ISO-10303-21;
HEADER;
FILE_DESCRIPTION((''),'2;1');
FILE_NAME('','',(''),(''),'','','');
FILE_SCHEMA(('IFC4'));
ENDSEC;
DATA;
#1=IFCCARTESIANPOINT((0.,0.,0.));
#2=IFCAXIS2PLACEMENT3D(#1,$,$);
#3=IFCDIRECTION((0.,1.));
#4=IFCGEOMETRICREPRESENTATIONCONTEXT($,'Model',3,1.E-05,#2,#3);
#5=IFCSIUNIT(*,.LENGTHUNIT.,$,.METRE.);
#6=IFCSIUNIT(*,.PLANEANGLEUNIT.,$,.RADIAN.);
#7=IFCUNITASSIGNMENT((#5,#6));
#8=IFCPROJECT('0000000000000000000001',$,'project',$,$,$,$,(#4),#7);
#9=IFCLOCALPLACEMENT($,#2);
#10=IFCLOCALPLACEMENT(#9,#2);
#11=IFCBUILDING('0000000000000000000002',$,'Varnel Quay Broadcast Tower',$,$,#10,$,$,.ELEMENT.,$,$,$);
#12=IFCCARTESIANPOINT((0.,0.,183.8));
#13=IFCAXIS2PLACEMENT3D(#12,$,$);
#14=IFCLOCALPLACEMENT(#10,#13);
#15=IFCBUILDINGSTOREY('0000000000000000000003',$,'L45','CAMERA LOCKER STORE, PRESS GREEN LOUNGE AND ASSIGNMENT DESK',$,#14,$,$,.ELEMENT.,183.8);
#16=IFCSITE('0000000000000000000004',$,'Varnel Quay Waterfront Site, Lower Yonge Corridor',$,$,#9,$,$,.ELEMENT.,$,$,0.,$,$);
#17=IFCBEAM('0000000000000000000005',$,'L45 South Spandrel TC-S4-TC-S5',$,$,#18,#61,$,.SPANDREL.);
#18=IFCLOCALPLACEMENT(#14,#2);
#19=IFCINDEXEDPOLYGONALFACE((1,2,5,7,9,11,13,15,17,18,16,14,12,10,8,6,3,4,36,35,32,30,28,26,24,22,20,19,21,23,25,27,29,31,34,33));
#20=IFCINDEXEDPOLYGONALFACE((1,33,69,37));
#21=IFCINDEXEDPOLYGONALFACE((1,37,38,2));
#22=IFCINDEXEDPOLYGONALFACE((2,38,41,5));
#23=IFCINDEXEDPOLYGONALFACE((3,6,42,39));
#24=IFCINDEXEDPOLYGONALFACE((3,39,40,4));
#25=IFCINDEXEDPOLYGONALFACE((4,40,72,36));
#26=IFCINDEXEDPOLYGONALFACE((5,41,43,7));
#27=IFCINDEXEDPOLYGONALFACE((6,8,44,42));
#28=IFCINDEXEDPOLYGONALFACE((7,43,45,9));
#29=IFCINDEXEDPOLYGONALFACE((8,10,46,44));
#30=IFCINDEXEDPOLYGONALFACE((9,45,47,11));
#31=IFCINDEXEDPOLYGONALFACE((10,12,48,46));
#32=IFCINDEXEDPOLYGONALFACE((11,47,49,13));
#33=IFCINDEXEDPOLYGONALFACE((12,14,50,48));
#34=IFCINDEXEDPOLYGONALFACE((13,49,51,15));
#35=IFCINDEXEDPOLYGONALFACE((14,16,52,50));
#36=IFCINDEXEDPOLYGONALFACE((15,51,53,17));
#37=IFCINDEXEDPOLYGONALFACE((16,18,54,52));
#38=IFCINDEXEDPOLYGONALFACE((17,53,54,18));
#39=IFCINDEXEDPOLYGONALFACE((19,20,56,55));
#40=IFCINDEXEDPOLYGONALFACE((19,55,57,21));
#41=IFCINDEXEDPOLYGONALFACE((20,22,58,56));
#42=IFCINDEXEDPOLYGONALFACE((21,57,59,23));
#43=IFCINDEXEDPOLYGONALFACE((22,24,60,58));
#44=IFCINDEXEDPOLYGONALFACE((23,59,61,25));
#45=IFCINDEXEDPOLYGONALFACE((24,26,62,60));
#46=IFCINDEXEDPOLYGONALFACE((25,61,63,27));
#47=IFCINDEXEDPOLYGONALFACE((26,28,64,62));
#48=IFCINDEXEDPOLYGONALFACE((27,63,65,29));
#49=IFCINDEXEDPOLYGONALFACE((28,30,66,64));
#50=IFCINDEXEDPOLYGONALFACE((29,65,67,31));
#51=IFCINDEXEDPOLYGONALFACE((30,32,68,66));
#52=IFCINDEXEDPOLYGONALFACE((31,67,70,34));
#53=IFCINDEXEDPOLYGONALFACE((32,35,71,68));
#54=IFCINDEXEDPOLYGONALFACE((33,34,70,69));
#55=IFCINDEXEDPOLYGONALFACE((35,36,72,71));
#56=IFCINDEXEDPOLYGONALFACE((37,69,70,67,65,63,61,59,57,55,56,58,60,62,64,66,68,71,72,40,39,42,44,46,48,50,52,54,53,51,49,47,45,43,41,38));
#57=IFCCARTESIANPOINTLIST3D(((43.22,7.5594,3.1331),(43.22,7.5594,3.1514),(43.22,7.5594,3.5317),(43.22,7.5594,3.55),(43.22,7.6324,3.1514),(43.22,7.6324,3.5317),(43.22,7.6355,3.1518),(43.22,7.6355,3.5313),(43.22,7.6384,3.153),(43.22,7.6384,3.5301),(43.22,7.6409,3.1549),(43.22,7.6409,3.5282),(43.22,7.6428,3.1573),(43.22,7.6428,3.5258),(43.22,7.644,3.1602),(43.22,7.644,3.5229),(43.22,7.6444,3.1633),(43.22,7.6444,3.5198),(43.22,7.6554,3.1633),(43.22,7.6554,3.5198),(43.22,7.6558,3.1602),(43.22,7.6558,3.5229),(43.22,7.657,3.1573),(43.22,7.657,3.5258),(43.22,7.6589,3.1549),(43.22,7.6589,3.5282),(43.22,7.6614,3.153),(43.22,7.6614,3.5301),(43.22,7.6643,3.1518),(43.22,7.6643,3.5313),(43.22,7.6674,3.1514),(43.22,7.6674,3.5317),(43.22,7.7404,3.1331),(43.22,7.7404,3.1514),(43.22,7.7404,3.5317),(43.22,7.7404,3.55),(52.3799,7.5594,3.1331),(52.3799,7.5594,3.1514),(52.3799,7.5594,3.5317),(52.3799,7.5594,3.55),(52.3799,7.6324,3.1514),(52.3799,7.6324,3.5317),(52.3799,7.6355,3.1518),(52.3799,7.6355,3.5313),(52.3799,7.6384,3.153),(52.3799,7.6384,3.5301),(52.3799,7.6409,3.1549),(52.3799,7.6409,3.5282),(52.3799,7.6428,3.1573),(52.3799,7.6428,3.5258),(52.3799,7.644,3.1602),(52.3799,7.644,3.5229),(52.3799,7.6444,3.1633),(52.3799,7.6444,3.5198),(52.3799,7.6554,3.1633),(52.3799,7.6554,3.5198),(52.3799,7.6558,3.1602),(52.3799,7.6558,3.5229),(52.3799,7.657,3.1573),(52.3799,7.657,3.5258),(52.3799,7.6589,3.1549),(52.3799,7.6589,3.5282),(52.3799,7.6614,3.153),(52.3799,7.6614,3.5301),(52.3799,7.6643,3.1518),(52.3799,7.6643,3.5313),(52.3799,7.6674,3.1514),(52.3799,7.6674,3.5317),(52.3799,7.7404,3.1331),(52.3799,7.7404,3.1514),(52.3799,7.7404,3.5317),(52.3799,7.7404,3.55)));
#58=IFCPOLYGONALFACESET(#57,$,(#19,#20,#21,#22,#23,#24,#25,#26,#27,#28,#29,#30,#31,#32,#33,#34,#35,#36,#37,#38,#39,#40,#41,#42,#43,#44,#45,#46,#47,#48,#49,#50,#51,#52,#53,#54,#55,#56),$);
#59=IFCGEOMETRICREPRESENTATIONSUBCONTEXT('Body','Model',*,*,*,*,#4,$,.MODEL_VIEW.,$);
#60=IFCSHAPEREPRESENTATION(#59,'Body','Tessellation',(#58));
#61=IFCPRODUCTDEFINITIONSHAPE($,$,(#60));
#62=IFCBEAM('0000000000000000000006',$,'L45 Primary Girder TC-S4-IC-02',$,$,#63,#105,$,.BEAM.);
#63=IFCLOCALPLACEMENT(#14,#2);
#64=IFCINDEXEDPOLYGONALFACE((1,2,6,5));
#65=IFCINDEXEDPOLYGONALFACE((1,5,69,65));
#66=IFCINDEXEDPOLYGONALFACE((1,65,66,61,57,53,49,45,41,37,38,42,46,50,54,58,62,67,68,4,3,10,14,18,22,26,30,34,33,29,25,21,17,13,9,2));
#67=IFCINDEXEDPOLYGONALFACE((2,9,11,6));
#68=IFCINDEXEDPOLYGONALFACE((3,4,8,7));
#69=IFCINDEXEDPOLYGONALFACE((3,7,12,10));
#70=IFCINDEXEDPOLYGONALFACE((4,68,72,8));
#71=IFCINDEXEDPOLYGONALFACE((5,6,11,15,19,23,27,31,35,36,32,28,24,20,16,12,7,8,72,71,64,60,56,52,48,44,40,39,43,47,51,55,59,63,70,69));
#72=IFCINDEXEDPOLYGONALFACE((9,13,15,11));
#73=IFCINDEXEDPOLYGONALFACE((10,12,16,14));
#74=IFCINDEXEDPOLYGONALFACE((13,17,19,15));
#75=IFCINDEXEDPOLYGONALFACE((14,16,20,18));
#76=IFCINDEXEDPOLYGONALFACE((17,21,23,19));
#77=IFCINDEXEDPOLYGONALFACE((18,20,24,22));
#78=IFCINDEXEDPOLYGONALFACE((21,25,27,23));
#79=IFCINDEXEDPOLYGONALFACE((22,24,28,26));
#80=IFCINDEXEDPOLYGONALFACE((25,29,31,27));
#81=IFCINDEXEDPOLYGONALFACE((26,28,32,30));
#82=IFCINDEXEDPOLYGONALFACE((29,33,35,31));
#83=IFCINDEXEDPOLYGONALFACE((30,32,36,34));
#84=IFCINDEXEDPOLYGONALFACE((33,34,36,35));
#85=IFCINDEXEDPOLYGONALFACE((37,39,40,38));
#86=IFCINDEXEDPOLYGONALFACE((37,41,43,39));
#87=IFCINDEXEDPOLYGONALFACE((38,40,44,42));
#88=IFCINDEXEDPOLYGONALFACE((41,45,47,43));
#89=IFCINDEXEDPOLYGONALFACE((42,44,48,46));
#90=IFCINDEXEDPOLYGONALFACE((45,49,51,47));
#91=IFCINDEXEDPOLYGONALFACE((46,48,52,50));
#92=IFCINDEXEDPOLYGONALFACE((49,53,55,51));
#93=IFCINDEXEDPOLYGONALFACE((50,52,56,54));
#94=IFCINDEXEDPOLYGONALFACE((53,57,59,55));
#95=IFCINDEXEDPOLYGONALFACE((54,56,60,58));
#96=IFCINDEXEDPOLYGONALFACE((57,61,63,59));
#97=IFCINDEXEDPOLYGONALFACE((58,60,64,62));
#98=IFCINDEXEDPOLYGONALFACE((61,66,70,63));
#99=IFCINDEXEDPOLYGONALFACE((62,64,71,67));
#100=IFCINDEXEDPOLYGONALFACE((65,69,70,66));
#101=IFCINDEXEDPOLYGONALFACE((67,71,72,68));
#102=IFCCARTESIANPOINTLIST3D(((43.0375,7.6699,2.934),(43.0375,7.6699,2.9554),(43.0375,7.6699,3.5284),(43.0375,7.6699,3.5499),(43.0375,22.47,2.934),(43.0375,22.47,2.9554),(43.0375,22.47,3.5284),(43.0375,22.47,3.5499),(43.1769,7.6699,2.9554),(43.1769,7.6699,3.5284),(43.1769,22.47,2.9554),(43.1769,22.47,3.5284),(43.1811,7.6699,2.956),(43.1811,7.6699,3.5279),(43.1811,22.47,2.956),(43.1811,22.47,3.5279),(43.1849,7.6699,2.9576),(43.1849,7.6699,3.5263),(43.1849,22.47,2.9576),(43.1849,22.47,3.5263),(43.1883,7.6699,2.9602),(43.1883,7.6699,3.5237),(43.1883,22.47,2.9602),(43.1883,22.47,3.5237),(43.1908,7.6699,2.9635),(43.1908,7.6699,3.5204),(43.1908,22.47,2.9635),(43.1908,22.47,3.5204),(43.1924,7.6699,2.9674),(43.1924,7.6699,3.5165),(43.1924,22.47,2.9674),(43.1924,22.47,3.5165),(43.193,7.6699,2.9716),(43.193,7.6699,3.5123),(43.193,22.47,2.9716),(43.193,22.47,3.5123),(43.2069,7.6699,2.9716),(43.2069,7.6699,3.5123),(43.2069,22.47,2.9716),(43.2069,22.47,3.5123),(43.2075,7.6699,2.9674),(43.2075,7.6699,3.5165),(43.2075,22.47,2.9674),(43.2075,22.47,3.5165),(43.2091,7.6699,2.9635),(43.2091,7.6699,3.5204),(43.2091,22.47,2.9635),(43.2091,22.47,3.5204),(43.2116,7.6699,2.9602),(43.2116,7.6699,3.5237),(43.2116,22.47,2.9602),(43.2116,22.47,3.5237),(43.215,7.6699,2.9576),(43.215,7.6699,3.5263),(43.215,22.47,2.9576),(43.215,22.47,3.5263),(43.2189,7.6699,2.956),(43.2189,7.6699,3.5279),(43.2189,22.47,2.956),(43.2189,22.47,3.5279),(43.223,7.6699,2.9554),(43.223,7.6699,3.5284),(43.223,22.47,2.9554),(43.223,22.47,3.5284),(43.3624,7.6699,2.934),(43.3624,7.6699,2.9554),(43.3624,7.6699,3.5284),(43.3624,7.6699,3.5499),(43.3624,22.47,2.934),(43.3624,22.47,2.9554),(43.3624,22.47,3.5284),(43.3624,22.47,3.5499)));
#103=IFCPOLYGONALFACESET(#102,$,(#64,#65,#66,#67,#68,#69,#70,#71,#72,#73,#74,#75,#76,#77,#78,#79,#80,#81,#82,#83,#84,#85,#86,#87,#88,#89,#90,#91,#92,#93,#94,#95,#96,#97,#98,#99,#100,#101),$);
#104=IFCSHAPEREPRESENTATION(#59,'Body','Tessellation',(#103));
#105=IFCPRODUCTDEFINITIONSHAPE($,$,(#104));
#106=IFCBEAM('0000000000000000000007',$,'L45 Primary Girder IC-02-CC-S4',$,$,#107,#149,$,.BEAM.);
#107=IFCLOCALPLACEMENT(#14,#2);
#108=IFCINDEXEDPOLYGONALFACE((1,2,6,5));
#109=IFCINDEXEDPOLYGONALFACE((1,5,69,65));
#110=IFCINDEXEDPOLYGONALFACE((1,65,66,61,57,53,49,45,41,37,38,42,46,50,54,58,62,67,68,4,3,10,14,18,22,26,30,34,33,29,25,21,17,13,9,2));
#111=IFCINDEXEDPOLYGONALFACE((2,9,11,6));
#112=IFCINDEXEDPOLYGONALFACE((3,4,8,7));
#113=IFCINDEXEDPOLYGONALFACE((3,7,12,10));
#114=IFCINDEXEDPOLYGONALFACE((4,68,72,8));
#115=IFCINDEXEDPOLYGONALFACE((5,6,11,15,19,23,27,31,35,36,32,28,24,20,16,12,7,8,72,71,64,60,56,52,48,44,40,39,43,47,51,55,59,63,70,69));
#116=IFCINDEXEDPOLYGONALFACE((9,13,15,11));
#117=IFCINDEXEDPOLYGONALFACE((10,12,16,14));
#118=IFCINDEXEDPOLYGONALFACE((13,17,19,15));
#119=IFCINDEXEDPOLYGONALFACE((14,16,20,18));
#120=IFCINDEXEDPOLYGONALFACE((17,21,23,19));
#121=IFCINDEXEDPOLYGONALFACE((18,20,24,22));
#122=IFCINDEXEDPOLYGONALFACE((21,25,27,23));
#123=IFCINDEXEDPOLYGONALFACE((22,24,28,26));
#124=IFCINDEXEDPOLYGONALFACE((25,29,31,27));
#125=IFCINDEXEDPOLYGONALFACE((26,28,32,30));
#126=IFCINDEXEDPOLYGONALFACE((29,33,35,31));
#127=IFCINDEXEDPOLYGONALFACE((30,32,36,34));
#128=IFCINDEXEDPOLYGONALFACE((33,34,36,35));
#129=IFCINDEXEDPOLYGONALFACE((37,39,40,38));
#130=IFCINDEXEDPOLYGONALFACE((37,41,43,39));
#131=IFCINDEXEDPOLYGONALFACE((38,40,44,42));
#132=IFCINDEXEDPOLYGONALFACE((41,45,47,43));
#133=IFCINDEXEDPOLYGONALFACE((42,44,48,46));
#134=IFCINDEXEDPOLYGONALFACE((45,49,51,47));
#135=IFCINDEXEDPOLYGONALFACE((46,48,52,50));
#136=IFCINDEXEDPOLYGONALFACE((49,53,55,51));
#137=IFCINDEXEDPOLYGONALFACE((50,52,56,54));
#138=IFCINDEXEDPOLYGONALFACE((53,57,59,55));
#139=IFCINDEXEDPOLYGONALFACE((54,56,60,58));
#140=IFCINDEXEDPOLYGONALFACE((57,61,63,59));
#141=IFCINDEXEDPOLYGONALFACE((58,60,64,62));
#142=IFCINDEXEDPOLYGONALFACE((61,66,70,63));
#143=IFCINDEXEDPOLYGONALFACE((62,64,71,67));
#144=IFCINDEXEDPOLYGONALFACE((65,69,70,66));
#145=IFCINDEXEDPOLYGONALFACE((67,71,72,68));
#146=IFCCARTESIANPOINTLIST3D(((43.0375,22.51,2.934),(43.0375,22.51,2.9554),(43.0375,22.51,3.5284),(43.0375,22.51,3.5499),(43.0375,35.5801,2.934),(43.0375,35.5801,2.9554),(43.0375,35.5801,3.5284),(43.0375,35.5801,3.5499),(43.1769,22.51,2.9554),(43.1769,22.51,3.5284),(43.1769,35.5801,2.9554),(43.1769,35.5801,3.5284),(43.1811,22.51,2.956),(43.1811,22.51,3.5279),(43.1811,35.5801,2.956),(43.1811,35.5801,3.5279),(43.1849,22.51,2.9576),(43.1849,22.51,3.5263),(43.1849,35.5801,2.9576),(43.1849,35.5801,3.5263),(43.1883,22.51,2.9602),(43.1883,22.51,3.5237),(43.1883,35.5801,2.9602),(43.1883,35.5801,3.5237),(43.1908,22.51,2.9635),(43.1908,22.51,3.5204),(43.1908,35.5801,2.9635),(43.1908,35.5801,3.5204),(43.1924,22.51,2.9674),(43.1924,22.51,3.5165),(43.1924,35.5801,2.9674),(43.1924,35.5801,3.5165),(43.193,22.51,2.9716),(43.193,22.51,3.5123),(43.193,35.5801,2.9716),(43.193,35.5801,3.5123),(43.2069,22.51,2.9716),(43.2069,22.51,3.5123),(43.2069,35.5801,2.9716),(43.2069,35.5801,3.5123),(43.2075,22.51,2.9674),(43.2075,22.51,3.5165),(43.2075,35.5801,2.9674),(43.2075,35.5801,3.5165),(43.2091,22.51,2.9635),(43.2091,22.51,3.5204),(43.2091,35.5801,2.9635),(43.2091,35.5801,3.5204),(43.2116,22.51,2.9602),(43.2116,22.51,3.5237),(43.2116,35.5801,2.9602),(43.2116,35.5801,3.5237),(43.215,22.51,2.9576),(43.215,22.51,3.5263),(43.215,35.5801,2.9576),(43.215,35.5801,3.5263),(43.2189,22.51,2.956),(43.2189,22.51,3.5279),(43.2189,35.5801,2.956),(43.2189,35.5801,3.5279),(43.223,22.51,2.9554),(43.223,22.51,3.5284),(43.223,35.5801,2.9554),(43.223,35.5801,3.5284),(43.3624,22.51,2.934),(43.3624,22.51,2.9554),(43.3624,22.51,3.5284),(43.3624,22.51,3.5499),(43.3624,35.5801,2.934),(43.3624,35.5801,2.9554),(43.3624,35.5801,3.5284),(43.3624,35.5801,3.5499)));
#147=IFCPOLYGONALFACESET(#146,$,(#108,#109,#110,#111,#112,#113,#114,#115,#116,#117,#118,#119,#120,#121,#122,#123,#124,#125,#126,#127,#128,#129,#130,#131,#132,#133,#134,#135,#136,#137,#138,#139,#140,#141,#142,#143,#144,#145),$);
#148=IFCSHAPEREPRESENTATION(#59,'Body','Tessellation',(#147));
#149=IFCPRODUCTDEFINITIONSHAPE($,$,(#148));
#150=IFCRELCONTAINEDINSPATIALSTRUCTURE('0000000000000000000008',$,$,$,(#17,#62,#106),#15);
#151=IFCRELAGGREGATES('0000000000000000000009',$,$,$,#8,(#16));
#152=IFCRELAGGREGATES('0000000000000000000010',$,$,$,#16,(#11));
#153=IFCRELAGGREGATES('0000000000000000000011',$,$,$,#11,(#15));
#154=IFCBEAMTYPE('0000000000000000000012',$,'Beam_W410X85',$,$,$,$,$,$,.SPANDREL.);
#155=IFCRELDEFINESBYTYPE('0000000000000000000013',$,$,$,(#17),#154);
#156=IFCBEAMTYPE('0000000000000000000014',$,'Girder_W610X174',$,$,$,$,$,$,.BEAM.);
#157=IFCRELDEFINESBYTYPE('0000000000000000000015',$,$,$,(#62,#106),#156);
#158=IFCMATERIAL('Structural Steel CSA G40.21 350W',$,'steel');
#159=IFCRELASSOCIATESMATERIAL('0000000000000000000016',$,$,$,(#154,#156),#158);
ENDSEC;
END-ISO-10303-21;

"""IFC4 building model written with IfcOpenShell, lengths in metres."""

from ifc_helpers import new_model, si_unit, direction, frame, origin, origin_2d, place, context, subcontext, project, spatial, i_section, extrude, source, transform, mapped, material, material_profile, profile_set, type_object, type_shapes, element, save


model = new_model("IFC4")

# Units and contexts
model_context = context("Model", 3, precision=1e-05, world=origin(), true_north=direction((0.0, 1.0)))
body_context = subcontext(model_context, "Body", "Model", "MODEL_VIEW")
ifc_project = project(units=[si_unit("LENGTHUNIT", "METRE"), si_unit("PLANEANGLEUNIT", "RADIAN")], contexts=[model_context])

# Site, building, storey
site_placement = place(None, origin())
site = spatial("IfcSite", under=ifc_project, at=site_placement, Name="Varnel Quay Waterfront Site, Lower Yonge Corridor", CompositionType="ELEMENT", RefElevation=0.0)
building_placement = place(site_placement, origin())
building = spatial("IfcBuilding", under=site, at=building_placement, Name="Varnel Quay Broadcast Tower", CompositionType="ELEMENT")
storey_placement = place(building_placement, frame((0.0, 0.0, 183.8)))
storey = spatial("IfcBuildingStorey", under=building, at=storey_placement, Name="L45", Description="CAMERA LOCKER STORE, PRESS GREEN LOUNGE AND ASSIGNMENT DESK", CompositionType="ELEMENT", Elevation=183.8)

# Shared definitions
ifc_material_1 = material(Name="Structural Steel CSA G40.21 350W", Category="steel")

# Beams
ifc_material_profile_1 = material_profile(ifc_material_1, i_section(OverallWidth=0.1809, OverallDepth=0.417, WebThickness=0.011, FlangeThickness=0.0183, FilletRadius=0.012, at=origin_2d()), Name="W410X85")
ifc_profile_set_1 = profile_set([ifc_material_profile_1], Name="Structural Steel CSA G40.21 350W")
beam_type_1 = type_object("IfcBeamType", Name="Beam_W410X85", PredefinedType="SPANDREL", material=ifc_profile_set_1)
shared_shape_1 = source(origin(), body_context, "Body", "SweptSolid", [
    extrude(i_section(OverallWidth=0.1809, OverallDepth=0.417, WebThickness=0.011, FlangeThickness=0.0183, FilletRadius=0.012, at=origin_2d()), origin(), (0.0, 0.0, 1.0), 9.1599),
])
type_shapes(beam_type_1, [shared_shape_1])
for number, where, z_axis, x_axis, name in (
    (1, (43.22, 7.6499, 3.3416), (1.0, 0.0, 0.0), (0.0, 1.0, 0.0), "L45 South Spandrel TC-S4-TC-S5"),
):
    element("IfcBeam", number, at=place(storey_placement, frame(where, z_axis=z_axis, x_axis=x_axis)), inside=storey, type_object=beam_type_1, Name=name, PredefinedType="SPANDREL", context=body_context, shape_type="MappedRepresentation", body=[
        mapped(shared_shape_1, transform((0.0, 0.0, 0.0), x_axis=(1.0, 0.0, 0.0), y_axis=(0.0, 1.0, 0.0), z_axis=(0.0, 0.0, 1.0), scale=1.0)),
    ])
ifc_material_profile_2 = material_profile(ifc_material_1, i_section(OverallWidth=0.325, OverallDepth=0.616, WebThickness=0.0139, FlangeThickness=0.0215, FilletRadius=0.0161, at=origin_2d()), Name="W610X174")
ifc_profile_set_2 = profile_set([ifc_material_profile_2], Name="Structural Steel CSA G40.21 350W")
beam_type_2 = type_object("IfcBeamType", Name="Girder_W610X174", PredefinedType="BEAM", material=ifc_profile_set_2)
shared_shape_2 = source(origin(), body_context, "Body", "SweptSolid", [
    extrude(i_section(OverallWidth=0.325, OverallDepth=0.616, WebThickness=0.0139, FlangeThickness=0.0215, FilletRadius=0.0161, at=origin_2d()), origin(), (0.0, 0.0, 1.0), 14.8),
])
beam_1_placement = place(storey_placement, frame((43.2, 7.6699, 3.2419), z_axis=(0.0, 1.0, 0.0), x_axis=(-1.0, 0.0, 0.0)))
element("IfcBeam", 2, at=beam_1_placement, inside=storey, type_object=beam_type_2, Name="L45 Primary Girder TC-S4-IC-02", PredefinedType="BEAM", context=body_context, shape_type="MappedRepresentation", body=[
    mapped(shared_shape_2, transform((0.0, 0.0, 0.0), x_axis=(1.0, 0.0, 0.0), y_axis=(0.0, 1.0, 0.0), z_axis=(0.0, 0.0, 1.0), scale=1.0)),
])
shared_shape_3 = source(origin(), body_context, "Body", "SweptSolid", [
    extrude(i_section(OverallWidth=0.325, OverallDepth=0.616, WebThickness=0.0139, FlangeThickness=0.0215, FilletRadius=0.0161, at=origin_2d()), origin(), (0.0, 0.0, 1.0), 13.0701),
])
beam_2_placement = place(storey_placement, frame((43.2, 22.51, 3.2419), z_axis=(0.0, 1.0, 0.0), x_axis=(-1.0, 0.0, 0.0)))
element("IfcBeam", 3, at=beam_2_placement, inside=storey, type_object=beam_type_2, Name="L45 Primary Girder IC-02-CC-S4", PredefinedType="BEAM", context=body_context, shape_type="MappedRepresentation", body=[
    mapped(shared_shape_3, transform((0.0, 0.0, 0.0), x_axis=(1.0, 0.0, 0.0), y_axis=(0.0, 1.0, 0.0), z_axis=(0.0, 0.0, 1.0), scale=1.0)),
])

save(model, "model.ifc")
